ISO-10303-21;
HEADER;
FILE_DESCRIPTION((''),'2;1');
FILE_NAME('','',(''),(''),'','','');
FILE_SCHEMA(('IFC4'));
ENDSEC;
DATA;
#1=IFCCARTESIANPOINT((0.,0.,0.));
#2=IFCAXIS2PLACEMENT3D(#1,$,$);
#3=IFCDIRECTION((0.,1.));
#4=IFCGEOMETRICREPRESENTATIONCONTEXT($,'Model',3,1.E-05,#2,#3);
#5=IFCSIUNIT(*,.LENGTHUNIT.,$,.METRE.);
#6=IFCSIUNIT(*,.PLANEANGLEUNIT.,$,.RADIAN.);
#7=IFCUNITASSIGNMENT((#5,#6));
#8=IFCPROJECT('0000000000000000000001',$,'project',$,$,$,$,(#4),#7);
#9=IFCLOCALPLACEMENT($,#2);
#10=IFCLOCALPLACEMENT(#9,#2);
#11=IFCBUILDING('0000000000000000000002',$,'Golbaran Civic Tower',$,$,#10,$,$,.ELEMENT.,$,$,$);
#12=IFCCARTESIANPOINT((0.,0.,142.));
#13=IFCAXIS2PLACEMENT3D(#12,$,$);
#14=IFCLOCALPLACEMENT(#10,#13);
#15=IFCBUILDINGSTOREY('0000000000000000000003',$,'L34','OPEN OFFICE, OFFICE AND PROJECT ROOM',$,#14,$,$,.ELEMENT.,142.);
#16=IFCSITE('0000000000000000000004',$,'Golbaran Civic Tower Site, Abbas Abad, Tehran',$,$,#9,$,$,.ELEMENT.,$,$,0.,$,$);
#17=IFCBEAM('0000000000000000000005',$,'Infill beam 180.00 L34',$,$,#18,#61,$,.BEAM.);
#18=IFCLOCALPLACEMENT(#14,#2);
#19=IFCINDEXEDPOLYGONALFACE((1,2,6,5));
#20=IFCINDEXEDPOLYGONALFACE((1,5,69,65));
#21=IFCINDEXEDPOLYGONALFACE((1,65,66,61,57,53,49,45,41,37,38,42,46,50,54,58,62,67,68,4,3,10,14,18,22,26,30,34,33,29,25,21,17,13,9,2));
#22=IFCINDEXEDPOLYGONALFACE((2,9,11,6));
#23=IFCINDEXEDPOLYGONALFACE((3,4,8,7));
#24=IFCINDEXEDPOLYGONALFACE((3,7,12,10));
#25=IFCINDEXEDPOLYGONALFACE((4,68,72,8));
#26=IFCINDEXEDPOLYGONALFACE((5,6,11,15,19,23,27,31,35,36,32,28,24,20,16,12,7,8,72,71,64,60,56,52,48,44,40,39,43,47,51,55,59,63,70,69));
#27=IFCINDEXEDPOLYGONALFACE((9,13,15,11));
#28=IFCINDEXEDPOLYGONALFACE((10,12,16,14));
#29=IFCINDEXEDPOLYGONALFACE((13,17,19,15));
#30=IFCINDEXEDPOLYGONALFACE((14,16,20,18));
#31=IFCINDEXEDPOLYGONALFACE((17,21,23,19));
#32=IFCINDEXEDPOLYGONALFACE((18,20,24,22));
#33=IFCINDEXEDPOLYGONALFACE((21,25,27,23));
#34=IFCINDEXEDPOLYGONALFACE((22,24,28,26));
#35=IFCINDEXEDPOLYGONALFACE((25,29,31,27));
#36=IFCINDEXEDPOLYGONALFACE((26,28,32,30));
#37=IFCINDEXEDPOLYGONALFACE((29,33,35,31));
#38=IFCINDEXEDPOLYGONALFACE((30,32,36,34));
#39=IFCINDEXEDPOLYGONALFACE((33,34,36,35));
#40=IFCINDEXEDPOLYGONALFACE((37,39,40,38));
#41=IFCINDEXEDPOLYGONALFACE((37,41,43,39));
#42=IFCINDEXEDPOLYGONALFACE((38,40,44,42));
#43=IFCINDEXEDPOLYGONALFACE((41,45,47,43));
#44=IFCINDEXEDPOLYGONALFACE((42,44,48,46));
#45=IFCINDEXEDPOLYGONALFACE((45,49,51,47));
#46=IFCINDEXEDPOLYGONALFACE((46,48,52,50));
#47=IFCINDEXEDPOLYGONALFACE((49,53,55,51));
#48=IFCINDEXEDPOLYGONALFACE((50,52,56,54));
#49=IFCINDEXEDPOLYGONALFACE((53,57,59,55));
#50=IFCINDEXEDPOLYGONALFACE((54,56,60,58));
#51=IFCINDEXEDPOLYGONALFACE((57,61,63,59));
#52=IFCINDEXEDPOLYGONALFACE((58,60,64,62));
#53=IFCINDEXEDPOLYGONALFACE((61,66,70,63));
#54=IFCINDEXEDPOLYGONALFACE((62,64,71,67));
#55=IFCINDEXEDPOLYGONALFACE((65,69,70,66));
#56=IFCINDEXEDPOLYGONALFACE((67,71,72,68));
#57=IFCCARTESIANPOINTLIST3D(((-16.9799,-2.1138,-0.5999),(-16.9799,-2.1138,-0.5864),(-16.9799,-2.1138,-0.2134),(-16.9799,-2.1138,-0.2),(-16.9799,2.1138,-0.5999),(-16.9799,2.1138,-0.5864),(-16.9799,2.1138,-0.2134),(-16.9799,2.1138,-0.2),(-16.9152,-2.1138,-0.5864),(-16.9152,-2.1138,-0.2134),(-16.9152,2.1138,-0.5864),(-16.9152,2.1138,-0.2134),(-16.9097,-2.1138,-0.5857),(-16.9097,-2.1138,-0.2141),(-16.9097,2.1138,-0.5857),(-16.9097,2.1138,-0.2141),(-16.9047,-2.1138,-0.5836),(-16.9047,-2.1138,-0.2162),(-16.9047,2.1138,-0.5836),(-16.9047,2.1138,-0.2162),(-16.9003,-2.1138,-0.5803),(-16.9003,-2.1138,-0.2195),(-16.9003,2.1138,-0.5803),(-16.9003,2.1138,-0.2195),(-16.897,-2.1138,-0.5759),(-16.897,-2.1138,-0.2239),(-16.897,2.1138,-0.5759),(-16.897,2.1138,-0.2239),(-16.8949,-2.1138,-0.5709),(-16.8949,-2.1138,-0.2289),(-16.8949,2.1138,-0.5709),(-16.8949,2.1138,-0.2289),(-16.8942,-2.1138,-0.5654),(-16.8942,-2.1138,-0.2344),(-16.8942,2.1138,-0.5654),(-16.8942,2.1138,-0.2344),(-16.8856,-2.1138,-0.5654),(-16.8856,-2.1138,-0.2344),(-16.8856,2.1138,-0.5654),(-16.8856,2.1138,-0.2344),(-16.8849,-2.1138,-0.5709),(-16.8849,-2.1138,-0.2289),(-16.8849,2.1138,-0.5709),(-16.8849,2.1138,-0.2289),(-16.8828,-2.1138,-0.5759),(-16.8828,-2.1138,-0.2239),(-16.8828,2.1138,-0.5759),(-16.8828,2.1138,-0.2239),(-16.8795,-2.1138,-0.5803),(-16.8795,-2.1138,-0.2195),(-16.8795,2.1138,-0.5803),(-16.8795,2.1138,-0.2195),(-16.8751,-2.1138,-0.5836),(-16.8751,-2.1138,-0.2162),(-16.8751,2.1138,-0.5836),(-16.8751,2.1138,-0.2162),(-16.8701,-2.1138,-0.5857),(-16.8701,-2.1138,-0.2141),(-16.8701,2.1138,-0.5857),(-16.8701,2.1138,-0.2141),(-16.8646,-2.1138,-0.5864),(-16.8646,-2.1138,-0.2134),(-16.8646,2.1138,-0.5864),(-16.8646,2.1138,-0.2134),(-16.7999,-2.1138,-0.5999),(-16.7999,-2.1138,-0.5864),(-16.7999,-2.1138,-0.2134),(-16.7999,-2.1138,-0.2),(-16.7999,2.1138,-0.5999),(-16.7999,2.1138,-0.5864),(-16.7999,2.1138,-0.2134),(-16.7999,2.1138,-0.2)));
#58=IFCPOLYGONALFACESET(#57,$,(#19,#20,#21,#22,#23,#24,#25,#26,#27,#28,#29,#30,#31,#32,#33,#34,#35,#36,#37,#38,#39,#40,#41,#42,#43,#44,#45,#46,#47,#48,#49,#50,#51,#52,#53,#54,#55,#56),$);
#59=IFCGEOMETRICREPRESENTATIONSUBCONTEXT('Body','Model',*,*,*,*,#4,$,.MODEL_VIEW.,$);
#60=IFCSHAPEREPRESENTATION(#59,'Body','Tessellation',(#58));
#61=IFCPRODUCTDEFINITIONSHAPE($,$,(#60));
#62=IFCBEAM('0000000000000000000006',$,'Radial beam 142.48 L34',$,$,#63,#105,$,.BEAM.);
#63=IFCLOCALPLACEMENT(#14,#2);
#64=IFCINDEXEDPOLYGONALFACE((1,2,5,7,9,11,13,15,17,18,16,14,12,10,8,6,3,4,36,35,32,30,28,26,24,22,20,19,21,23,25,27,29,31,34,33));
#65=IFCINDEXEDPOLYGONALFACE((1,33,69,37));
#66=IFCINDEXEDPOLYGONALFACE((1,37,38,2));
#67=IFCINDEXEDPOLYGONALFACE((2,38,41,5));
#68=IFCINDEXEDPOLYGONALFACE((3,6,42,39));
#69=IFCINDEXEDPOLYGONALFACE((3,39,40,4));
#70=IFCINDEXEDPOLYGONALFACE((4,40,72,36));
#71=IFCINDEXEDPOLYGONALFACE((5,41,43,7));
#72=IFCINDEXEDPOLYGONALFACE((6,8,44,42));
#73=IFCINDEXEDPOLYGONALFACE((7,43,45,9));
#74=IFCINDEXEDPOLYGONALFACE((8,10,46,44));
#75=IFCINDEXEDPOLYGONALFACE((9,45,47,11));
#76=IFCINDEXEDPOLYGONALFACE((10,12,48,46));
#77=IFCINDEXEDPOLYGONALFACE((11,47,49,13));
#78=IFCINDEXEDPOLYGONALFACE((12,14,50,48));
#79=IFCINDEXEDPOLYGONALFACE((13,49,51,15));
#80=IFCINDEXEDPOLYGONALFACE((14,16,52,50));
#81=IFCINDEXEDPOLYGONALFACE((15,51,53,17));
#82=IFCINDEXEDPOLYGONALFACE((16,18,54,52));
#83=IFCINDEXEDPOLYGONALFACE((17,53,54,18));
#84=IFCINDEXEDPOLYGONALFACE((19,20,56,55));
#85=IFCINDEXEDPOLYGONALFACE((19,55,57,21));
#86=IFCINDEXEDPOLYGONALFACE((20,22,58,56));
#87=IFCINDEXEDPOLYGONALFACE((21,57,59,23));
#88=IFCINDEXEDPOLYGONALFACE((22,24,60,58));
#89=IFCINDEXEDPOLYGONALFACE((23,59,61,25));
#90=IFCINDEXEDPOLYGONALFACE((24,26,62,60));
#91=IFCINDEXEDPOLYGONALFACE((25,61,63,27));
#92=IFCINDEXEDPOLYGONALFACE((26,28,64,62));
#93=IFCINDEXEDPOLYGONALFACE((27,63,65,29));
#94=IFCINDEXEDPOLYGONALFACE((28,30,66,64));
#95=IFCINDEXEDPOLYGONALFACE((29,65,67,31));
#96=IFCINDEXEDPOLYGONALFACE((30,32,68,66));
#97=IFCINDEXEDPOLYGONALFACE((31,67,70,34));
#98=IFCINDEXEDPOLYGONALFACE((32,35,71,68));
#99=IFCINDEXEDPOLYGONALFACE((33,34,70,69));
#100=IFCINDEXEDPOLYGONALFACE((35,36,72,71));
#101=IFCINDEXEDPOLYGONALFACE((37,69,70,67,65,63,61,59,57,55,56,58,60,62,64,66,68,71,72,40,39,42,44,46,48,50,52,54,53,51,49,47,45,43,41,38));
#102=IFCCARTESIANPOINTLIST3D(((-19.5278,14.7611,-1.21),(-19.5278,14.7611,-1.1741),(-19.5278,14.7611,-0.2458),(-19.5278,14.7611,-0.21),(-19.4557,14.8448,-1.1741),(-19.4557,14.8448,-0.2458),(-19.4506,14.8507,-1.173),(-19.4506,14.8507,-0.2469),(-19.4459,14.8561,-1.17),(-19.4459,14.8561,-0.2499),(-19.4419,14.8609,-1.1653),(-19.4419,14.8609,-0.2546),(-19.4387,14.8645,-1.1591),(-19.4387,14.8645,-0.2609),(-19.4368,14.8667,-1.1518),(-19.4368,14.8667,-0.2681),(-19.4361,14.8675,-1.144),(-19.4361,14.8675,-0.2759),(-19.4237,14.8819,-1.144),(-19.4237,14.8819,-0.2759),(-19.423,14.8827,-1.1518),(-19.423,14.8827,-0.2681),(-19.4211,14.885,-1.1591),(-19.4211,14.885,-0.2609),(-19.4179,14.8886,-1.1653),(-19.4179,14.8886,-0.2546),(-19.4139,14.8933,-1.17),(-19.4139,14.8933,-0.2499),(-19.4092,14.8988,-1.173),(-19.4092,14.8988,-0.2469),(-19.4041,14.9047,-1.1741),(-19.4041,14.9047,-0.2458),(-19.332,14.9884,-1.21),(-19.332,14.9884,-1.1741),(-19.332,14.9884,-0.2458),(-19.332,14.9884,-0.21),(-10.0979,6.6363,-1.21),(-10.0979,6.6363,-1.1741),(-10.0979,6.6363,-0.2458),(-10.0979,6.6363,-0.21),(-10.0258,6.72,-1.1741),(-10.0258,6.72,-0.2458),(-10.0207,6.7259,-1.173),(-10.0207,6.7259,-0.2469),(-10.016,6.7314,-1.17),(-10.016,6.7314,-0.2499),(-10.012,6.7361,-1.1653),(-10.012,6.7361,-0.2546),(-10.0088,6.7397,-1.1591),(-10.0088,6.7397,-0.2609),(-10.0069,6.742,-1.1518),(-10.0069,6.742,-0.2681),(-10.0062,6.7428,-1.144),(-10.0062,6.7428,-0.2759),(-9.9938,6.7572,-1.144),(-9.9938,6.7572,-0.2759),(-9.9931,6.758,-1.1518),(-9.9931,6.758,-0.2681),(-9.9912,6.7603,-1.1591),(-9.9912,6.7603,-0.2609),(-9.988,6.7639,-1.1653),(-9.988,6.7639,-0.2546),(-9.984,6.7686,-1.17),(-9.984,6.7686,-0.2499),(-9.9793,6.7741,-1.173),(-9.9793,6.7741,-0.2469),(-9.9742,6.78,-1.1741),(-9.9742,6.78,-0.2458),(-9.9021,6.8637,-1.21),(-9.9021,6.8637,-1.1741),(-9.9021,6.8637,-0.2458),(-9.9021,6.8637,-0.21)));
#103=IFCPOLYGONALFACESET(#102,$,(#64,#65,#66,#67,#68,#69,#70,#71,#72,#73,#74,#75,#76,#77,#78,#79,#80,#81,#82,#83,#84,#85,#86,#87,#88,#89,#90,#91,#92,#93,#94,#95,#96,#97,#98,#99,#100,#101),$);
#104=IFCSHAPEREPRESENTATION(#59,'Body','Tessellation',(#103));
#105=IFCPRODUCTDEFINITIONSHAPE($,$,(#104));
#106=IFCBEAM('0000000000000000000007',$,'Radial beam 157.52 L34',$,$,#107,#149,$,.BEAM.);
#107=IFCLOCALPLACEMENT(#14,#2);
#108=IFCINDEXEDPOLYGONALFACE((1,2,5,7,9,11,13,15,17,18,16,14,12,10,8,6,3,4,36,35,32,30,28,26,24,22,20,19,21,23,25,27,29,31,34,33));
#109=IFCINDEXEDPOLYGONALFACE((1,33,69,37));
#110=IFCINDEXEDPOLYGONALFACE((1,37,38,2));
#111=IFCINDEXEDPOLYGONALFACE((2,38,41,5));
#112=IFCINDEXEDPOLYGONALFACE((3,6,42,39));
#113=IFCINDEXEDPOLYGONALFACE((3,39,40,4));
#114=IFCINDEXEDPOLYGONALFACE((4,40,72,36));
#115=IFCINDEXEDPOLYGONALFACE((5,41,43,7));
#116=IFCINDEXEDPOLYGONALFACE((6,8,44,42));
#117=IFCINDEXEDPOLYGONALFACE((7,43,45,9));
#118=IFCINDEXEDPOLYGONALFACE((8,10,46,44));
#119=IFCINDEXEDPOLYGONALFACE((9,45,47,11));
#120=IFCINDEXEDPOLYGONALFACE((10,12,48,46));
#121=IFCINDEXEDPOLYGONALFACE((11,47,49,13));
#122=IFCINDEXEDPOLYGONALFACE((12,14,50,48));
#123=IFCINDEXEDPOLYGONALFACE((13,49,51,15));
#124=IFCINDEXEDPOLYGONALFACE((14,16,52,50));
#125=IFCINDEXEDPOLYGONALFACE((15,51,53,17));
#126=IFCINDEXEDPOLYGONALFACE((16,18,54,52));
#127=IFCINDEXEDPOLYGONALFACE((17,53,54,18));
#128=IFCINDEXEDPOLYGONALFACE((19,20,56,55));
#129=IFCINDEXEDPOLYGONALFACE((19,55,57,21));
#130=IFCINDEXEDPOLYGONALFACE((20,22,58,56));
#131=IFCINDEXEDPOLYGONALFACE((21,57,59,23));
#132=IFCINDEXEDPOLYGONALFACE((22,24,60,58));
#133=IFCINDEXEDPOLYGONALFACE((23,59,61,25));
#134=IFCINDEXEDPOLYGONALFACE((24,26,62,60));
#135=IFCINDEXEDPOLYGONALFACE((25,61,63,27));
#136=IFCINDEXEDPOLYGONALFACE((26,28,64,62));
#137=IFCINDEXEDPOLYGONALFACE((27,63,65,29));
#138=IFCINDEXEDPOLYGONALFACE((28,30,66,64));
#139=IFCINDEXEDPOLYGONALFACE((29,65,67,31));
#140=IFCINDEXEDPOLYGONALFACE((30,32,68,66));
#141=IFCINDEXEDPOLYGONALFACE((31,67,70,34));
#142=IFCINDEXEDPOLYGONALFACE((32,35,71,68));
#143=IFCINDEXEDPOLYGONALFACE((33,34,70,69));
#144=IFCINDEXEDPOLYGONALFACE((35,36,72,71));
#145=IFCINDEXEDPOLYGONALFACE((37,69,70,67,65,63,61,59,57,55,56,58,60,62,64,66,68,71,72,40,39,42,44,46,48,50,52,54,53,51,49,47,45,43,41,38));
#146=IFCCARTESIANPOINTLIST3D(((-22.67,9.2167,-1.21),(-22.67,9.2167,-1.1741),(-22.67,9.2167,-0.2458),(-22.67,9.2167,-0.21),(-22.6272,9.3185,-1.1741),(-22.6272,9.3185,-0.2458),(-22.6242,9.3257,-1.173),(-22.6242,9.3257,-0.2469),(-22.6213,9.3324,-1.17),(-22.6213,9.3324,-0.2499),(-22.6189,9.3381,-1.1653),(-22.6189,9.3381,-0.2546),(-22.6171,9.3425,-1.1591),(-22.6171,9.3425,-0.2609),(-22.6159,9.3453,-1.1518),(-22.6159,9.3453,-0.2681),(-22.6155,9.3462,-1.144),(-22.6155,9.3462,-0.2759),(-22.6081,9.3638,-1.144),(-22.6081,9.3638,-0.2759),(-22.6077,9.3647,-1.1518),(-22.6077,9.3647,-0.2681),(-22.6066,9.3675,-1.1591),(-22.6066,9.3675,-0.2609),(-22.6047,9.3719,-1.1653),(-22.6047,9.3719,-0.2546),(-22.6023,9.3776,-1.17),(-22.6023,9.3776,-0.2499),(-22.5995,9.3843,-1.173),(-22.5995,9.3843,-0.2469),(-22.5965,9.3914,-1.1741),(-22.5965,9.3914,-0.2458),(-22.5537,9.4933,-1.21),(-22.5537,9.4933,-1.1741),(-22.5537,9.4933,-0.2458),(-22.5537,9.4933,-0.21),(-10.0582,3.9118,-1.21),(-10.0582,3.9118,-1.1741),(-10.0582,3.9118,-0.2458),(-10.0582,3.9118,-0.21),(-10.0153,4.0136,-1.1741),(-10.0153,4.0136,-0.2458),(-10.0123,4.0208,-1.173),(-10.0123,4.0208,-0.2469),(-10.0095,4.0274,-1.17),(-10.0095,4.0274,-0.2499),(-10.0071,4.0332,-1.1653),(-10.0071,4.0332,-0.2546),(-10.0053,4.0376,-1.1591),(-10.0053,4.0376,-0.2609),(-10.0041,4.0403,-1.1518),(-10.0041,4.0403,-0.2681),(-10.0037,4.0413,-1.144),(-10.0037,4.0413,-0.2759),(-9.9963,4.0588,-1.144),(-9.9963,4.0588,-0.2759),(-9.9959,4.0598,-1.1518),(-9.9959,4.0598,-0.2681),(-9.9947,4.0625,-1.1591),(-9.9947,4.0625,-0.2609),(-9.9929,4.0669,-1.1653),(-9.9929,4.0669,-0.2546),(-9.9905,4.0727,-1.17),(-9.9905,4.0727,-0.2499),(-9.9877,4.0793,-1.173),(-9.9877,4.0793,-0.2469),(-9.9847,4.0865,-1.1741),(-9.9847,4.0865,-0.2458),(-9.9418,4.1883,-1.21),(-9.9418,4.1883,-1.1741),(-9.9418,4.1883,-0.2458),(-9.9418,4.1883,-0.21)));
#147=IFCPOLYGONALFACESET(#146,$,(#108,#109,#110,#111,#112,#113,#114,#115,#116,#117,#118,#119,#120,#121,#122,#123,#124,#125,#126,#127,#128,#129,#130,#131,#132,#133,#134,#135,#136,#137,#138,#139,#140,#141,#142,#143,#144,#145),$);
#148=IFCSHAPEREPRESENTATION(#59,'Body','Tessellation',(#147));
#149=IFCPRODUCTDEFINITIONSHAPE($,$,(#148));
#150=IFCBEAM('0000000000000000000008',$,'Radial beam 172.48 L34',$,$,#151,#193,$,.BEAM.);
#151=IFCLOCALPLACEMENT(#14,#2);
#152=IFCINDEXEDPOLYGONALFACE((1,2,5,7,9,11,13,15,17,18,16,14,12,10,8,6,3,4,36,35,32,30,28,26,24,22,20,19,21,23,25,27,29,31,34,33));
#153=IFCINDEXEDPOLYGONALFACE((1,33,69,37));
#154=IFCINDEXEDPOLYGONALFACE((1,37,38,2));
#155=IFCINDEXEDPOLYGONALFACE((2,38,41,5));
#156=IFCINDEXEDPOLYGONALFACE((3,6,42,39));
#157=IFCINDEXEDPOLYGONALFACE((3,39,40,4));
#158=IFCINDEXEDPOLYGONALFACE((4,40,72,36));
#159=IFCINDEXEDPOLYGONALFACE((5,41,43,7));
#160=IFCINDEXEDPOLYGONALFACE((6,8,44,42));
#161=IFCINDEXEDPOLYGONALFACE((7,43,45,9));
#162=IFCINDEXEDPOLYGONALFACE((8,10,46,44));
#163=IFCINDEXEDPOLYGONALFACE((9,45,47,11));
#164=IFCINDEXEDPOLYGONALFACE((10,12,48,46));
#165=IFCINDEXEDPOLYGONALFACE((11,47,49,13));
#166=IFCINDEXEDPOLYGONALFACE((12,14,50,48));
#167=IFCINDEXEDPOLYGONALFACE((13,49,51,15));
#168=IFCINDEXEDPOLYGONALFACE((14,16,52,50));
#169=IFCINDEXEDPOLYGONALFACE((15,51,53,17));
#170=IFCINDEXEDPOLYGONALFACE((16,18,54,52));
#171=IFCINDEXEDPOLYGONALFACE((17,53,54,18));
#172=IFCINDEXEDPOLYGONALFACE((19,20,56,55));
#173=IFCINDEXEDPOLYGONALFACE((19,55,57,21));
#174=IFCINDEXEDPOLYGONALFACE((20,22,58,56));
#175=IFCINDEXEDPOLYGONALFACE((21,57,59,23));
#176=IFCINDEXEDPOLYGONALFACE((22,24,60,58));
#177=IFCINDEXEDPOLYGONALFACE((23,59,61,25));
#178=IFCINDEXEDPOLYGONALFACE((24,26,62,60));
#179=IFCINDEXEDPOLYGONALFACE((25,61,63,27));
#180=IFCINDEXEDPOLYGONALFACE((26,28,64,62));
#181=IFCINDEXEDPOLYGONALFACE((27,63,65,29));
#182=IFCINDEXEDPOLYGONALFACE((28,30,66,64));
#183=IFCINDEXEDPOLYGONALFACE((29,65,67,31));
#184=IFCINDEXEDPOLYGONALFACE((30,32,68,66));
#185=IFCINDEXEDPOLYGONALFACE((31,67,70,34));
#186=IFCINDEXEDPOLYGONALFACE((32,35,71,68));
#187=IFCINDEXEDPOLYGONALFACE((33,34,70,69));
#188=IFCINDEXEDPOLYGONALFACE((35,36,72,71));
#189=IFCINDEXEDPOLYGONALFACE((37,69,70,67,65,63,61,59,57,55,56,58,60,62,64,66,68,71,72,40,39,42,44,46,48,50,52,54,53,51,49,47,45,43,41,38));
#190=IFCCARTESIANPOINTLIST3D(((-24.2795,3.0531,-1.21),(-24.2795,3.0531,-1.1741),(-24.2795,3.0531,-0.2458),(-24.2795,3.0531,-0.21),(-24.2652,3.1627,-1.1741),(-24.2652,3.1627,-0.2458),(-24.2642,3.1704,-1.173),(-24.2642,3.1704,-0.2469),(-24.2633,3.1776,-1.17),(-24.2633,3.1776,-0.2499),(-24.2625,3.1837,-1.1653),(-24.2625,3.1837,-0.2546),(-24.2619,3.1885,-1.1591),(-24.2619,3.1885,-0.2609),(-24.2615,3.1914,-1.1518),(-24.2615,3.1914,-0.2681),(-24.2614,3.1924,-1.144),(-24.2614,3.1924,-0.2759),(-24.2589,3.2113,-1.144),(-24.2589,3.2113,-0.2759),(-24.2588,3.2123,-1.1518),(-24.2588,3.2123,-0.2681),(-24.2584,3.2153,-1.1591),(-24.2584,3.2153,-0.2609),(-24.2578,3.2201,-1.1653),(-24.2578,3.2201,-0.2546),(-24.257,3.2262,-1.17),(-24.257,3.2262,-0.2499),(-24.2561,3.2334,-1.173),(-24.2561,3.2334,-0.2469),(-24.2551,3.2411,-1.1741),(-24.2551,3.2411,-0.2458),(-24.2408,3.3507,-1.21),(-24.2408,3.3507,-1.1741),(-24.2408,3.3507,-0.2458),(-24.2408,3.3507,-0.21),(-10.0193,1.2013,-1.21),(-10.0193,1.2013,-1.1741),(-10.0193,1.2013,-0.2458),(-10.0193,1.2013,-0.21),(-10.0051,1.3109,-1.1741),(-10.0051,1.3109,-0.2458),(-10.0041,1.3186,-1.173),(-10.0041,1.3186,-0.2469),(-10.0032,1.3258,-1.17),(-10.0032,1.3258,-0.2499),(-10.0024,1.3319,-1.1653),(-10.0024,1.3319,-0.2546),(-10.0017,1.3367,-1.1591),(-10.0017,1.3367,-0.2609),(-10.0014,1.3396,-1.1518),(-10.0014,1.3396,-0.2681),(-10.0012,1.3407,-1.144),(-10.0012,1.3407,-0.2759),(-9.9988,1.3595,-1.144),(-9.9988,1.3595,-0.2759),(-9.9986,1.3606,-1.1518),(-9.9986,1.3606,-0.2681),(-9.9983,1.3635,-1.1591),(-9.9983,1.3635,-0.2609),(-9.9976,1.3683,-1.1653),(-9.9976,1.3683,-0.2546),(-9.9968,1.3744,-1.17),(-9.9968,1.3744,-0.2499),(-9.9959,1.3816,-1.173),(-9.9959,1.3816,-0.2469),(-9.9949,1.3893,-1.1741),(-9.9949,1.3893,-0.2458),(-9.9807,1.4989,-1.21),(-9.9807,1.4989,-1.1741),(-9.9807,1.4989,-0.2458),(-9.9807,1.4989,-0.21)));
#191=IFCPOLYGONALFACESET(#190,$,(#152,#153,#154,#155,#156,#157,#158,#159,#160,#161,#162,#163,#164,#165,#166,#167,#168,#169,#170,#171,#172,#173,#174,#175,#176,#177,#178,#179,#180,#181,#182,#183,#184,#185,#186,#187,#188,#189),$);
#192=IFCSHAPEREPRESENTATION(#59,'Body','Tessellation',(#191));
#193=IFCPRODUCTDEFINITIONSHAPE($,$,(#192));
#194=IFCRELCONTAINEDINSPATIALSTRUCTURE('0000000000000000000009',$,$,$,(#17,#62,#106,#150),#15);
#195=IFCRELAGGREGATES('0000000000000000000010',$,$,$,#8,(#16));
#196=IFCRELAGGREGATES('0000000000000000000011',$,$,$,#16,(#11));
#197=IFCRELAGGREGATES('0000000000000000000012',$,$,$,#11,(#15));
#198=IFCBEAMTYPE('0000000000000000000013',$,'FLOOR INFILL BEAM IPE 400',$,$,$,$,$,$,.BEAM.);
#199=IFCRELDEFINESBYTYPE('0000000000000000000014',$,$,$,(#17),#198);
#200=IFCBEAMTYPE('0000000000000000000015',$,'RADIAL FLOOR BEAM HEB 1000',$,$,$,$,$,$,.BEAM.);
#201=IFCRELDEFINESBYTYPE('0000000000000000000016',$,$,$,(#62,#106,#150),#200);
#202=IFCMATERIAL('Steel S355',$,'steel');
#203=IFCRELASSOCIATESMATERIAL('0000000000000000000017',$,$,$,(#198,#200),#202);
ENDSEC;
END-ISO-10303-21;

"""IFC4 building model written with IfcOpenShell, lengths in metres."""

from ifc_helpers import new_model, si_unit, direction, frame, origin, origin_2d, place, context, subcontext, project, spatial, i_section, extrude, material, material_profile, profile_set, type_object, element, save


model = new_model("IFC4")

# Units and contexts
model_context = context("Model", 3, precision=1e-05, world=origin(), true_north=direction((0.0, 1.0)))
body_context = subcontext(model_context, "Body", "Model", "MODEL_VIEW")
ifc_project = project(units=[si_unit("LENGTHUNIT", "METRE"), si_unit("PLANEANGLEUNIT", "RADIAN")], contexts=[model_context])

# Site, building, storey
site_placement = place(None, origin())
site = spatial("IfcSite", under=ifc_project, at=site_placement, Name="Golbaran Civic Tower Site, Abbas Abad, Tehran", CompositionType="ELEMENT", RefElevation=0.0)
building_placement = place(site_placement, origin())
building = spatial("IfcBuilding", under=site, at=building_placement, Name="Golbaran Civic Tower", CompositionType="ELEMENT")
storey_placement = place(building_placement, frame((0.0, 0.0, 142.0)))
storey = spatial("IfcBuildingStorey", under=building, at=storey_placement, Name="L34", Description="OPEN OFFICE, OFFICE AND PROJECT ROOM", CompositionType="ELEMENT", Elevation=142.0)

# Beams
ifc_material_1 = material(Name="Steel S355", Category="steel")
ifc_material_profile_1 = material_profile(ifc_material_1, i_section(OverallWidth=0.1799, OverallDepth=0.3999, WebThickness=0.0085, FlangeThickness=0.0134, FilletRadius=0.021, at=origin_2d()), Name="IPE 400")
ifc_profile_set_1 = profile_set([ifc_material_profile_1], Name="Steel S355")
beam_type_1 = type_object("IfcBeamType", Name="FLOOR INFILL BEAM IPE 400", PredefinedType="BEAM", material=ifc_profile_set_1)
beam_1_placement = place(storey_placement, frame((-16.8899, 2.1138, -0.3999), z_axis=(0.0, -1.0, 0.0), x_axis=(1.0, 0.0, 0.0)))
element("IfcBeam", 1, at=beam_1_placement, inside=storey, type_object=beam_type_1, Name="Infill beam 180.00 L34", PredefinedType="BEAM", context=body_context, shape_type="SweptSolid", body=[
    extrude(i_section(OverallWidth=0.1799, OverallDepth=0.3999, WebThickness=0.0085, FlangeThickness=0.0134, FilletRadius=0.021, at=origin_2d()), origin(), (0.0, 0.0, 1.0), 4.2275),
])
ifc_material_profile_2 = material_profile(ifc_material_1, i_section(OverallWidth=0.3, OverallDepth=1.0, WebThickness=0.019, FlangeThickness=0.0359, FilletRadius=0.03, at=origin_2d()), Name="HEB 1000")
ifc_profile_set_2 = profile_set([ifc_material_profile_2], Name="Steel S355")
beam_type_2 = type_object("IfcBeamType", Name="RADIAL FLOOR BEAM HEB 1000", PredefinedType="BEAM", material=ifc_profile_set_2)
beam_2_placement = place(storey_placement, frame((-10.0, 6.75, -0.71), z_axis=(-0.757589, 0.652732, 0.0), x_axis=(-0.652732, -0.757589, 0.0)))
element("IfcBeam", 2, at=beam_2_placement, inside=storey, type_object=beam_type_2, Name="Radial beam 142.48 L34", PredefinedType="BEAM", context=body_context, shape_type="SweptSolid", body=[
    extrude(i_section(OverallWidth=0.3, OverallDepth=1.0, WebThickness=0.019, FlangeThickness=0.0359, FilletRadius=0.03, at=origin_2d()), origin(), (0.0, 0.0, 1.0), 12.4473),
])
beam_3_placement = place(storey_placement, frame((-10.0, 4.05, -0.71), z_axis=(-0.921774, 0.387728, 0.0), x_axis=(-0.387728, -0.921774, 0.0)))
element("IfcBeam", 3, at=beam_3_placement, inside=storey, type_object=beam_type_2, Name="Radial beam 157.52 L34", PredefinedType="BEAM", context=body_context, shape_type="SweptSolid", body=[
    extrude(i_section(OverallWidth=0.3, OverallDepth=1.0, WebThickness=0.019, FlangeThickness=0.0359, FilletRadius=0.03, at=origin_2d()), origin(), (0.0, 0.0, 1.0), 13.6821),
])
beam_4_placement = place(storey_placement, frame((-10.0, 1.3501, -0.71), z_axis=(-0.991674, 0.128777, 0.0), x_axis=(-0.128777, -0.991674, 0.0)))
element("IfcBeam", 4, at=beam_4_placement, inside=storey, type_object=beam_type_2, Name="Radial beam 172.48 L34", PredefinedType="BEAM", context=body_context, shape_type="SweptSolid", body=[
    extrude(i_section(OverallWidth=0.3, OverallDepth=1.0, WebThickness=0.019, FlangeThickness=0.0359, FilletRadius=0.03, at=origin_2d()), origin(), (0.0, 0.0, 1.0), 14.3799),
])

save(model, "model.ifc")
